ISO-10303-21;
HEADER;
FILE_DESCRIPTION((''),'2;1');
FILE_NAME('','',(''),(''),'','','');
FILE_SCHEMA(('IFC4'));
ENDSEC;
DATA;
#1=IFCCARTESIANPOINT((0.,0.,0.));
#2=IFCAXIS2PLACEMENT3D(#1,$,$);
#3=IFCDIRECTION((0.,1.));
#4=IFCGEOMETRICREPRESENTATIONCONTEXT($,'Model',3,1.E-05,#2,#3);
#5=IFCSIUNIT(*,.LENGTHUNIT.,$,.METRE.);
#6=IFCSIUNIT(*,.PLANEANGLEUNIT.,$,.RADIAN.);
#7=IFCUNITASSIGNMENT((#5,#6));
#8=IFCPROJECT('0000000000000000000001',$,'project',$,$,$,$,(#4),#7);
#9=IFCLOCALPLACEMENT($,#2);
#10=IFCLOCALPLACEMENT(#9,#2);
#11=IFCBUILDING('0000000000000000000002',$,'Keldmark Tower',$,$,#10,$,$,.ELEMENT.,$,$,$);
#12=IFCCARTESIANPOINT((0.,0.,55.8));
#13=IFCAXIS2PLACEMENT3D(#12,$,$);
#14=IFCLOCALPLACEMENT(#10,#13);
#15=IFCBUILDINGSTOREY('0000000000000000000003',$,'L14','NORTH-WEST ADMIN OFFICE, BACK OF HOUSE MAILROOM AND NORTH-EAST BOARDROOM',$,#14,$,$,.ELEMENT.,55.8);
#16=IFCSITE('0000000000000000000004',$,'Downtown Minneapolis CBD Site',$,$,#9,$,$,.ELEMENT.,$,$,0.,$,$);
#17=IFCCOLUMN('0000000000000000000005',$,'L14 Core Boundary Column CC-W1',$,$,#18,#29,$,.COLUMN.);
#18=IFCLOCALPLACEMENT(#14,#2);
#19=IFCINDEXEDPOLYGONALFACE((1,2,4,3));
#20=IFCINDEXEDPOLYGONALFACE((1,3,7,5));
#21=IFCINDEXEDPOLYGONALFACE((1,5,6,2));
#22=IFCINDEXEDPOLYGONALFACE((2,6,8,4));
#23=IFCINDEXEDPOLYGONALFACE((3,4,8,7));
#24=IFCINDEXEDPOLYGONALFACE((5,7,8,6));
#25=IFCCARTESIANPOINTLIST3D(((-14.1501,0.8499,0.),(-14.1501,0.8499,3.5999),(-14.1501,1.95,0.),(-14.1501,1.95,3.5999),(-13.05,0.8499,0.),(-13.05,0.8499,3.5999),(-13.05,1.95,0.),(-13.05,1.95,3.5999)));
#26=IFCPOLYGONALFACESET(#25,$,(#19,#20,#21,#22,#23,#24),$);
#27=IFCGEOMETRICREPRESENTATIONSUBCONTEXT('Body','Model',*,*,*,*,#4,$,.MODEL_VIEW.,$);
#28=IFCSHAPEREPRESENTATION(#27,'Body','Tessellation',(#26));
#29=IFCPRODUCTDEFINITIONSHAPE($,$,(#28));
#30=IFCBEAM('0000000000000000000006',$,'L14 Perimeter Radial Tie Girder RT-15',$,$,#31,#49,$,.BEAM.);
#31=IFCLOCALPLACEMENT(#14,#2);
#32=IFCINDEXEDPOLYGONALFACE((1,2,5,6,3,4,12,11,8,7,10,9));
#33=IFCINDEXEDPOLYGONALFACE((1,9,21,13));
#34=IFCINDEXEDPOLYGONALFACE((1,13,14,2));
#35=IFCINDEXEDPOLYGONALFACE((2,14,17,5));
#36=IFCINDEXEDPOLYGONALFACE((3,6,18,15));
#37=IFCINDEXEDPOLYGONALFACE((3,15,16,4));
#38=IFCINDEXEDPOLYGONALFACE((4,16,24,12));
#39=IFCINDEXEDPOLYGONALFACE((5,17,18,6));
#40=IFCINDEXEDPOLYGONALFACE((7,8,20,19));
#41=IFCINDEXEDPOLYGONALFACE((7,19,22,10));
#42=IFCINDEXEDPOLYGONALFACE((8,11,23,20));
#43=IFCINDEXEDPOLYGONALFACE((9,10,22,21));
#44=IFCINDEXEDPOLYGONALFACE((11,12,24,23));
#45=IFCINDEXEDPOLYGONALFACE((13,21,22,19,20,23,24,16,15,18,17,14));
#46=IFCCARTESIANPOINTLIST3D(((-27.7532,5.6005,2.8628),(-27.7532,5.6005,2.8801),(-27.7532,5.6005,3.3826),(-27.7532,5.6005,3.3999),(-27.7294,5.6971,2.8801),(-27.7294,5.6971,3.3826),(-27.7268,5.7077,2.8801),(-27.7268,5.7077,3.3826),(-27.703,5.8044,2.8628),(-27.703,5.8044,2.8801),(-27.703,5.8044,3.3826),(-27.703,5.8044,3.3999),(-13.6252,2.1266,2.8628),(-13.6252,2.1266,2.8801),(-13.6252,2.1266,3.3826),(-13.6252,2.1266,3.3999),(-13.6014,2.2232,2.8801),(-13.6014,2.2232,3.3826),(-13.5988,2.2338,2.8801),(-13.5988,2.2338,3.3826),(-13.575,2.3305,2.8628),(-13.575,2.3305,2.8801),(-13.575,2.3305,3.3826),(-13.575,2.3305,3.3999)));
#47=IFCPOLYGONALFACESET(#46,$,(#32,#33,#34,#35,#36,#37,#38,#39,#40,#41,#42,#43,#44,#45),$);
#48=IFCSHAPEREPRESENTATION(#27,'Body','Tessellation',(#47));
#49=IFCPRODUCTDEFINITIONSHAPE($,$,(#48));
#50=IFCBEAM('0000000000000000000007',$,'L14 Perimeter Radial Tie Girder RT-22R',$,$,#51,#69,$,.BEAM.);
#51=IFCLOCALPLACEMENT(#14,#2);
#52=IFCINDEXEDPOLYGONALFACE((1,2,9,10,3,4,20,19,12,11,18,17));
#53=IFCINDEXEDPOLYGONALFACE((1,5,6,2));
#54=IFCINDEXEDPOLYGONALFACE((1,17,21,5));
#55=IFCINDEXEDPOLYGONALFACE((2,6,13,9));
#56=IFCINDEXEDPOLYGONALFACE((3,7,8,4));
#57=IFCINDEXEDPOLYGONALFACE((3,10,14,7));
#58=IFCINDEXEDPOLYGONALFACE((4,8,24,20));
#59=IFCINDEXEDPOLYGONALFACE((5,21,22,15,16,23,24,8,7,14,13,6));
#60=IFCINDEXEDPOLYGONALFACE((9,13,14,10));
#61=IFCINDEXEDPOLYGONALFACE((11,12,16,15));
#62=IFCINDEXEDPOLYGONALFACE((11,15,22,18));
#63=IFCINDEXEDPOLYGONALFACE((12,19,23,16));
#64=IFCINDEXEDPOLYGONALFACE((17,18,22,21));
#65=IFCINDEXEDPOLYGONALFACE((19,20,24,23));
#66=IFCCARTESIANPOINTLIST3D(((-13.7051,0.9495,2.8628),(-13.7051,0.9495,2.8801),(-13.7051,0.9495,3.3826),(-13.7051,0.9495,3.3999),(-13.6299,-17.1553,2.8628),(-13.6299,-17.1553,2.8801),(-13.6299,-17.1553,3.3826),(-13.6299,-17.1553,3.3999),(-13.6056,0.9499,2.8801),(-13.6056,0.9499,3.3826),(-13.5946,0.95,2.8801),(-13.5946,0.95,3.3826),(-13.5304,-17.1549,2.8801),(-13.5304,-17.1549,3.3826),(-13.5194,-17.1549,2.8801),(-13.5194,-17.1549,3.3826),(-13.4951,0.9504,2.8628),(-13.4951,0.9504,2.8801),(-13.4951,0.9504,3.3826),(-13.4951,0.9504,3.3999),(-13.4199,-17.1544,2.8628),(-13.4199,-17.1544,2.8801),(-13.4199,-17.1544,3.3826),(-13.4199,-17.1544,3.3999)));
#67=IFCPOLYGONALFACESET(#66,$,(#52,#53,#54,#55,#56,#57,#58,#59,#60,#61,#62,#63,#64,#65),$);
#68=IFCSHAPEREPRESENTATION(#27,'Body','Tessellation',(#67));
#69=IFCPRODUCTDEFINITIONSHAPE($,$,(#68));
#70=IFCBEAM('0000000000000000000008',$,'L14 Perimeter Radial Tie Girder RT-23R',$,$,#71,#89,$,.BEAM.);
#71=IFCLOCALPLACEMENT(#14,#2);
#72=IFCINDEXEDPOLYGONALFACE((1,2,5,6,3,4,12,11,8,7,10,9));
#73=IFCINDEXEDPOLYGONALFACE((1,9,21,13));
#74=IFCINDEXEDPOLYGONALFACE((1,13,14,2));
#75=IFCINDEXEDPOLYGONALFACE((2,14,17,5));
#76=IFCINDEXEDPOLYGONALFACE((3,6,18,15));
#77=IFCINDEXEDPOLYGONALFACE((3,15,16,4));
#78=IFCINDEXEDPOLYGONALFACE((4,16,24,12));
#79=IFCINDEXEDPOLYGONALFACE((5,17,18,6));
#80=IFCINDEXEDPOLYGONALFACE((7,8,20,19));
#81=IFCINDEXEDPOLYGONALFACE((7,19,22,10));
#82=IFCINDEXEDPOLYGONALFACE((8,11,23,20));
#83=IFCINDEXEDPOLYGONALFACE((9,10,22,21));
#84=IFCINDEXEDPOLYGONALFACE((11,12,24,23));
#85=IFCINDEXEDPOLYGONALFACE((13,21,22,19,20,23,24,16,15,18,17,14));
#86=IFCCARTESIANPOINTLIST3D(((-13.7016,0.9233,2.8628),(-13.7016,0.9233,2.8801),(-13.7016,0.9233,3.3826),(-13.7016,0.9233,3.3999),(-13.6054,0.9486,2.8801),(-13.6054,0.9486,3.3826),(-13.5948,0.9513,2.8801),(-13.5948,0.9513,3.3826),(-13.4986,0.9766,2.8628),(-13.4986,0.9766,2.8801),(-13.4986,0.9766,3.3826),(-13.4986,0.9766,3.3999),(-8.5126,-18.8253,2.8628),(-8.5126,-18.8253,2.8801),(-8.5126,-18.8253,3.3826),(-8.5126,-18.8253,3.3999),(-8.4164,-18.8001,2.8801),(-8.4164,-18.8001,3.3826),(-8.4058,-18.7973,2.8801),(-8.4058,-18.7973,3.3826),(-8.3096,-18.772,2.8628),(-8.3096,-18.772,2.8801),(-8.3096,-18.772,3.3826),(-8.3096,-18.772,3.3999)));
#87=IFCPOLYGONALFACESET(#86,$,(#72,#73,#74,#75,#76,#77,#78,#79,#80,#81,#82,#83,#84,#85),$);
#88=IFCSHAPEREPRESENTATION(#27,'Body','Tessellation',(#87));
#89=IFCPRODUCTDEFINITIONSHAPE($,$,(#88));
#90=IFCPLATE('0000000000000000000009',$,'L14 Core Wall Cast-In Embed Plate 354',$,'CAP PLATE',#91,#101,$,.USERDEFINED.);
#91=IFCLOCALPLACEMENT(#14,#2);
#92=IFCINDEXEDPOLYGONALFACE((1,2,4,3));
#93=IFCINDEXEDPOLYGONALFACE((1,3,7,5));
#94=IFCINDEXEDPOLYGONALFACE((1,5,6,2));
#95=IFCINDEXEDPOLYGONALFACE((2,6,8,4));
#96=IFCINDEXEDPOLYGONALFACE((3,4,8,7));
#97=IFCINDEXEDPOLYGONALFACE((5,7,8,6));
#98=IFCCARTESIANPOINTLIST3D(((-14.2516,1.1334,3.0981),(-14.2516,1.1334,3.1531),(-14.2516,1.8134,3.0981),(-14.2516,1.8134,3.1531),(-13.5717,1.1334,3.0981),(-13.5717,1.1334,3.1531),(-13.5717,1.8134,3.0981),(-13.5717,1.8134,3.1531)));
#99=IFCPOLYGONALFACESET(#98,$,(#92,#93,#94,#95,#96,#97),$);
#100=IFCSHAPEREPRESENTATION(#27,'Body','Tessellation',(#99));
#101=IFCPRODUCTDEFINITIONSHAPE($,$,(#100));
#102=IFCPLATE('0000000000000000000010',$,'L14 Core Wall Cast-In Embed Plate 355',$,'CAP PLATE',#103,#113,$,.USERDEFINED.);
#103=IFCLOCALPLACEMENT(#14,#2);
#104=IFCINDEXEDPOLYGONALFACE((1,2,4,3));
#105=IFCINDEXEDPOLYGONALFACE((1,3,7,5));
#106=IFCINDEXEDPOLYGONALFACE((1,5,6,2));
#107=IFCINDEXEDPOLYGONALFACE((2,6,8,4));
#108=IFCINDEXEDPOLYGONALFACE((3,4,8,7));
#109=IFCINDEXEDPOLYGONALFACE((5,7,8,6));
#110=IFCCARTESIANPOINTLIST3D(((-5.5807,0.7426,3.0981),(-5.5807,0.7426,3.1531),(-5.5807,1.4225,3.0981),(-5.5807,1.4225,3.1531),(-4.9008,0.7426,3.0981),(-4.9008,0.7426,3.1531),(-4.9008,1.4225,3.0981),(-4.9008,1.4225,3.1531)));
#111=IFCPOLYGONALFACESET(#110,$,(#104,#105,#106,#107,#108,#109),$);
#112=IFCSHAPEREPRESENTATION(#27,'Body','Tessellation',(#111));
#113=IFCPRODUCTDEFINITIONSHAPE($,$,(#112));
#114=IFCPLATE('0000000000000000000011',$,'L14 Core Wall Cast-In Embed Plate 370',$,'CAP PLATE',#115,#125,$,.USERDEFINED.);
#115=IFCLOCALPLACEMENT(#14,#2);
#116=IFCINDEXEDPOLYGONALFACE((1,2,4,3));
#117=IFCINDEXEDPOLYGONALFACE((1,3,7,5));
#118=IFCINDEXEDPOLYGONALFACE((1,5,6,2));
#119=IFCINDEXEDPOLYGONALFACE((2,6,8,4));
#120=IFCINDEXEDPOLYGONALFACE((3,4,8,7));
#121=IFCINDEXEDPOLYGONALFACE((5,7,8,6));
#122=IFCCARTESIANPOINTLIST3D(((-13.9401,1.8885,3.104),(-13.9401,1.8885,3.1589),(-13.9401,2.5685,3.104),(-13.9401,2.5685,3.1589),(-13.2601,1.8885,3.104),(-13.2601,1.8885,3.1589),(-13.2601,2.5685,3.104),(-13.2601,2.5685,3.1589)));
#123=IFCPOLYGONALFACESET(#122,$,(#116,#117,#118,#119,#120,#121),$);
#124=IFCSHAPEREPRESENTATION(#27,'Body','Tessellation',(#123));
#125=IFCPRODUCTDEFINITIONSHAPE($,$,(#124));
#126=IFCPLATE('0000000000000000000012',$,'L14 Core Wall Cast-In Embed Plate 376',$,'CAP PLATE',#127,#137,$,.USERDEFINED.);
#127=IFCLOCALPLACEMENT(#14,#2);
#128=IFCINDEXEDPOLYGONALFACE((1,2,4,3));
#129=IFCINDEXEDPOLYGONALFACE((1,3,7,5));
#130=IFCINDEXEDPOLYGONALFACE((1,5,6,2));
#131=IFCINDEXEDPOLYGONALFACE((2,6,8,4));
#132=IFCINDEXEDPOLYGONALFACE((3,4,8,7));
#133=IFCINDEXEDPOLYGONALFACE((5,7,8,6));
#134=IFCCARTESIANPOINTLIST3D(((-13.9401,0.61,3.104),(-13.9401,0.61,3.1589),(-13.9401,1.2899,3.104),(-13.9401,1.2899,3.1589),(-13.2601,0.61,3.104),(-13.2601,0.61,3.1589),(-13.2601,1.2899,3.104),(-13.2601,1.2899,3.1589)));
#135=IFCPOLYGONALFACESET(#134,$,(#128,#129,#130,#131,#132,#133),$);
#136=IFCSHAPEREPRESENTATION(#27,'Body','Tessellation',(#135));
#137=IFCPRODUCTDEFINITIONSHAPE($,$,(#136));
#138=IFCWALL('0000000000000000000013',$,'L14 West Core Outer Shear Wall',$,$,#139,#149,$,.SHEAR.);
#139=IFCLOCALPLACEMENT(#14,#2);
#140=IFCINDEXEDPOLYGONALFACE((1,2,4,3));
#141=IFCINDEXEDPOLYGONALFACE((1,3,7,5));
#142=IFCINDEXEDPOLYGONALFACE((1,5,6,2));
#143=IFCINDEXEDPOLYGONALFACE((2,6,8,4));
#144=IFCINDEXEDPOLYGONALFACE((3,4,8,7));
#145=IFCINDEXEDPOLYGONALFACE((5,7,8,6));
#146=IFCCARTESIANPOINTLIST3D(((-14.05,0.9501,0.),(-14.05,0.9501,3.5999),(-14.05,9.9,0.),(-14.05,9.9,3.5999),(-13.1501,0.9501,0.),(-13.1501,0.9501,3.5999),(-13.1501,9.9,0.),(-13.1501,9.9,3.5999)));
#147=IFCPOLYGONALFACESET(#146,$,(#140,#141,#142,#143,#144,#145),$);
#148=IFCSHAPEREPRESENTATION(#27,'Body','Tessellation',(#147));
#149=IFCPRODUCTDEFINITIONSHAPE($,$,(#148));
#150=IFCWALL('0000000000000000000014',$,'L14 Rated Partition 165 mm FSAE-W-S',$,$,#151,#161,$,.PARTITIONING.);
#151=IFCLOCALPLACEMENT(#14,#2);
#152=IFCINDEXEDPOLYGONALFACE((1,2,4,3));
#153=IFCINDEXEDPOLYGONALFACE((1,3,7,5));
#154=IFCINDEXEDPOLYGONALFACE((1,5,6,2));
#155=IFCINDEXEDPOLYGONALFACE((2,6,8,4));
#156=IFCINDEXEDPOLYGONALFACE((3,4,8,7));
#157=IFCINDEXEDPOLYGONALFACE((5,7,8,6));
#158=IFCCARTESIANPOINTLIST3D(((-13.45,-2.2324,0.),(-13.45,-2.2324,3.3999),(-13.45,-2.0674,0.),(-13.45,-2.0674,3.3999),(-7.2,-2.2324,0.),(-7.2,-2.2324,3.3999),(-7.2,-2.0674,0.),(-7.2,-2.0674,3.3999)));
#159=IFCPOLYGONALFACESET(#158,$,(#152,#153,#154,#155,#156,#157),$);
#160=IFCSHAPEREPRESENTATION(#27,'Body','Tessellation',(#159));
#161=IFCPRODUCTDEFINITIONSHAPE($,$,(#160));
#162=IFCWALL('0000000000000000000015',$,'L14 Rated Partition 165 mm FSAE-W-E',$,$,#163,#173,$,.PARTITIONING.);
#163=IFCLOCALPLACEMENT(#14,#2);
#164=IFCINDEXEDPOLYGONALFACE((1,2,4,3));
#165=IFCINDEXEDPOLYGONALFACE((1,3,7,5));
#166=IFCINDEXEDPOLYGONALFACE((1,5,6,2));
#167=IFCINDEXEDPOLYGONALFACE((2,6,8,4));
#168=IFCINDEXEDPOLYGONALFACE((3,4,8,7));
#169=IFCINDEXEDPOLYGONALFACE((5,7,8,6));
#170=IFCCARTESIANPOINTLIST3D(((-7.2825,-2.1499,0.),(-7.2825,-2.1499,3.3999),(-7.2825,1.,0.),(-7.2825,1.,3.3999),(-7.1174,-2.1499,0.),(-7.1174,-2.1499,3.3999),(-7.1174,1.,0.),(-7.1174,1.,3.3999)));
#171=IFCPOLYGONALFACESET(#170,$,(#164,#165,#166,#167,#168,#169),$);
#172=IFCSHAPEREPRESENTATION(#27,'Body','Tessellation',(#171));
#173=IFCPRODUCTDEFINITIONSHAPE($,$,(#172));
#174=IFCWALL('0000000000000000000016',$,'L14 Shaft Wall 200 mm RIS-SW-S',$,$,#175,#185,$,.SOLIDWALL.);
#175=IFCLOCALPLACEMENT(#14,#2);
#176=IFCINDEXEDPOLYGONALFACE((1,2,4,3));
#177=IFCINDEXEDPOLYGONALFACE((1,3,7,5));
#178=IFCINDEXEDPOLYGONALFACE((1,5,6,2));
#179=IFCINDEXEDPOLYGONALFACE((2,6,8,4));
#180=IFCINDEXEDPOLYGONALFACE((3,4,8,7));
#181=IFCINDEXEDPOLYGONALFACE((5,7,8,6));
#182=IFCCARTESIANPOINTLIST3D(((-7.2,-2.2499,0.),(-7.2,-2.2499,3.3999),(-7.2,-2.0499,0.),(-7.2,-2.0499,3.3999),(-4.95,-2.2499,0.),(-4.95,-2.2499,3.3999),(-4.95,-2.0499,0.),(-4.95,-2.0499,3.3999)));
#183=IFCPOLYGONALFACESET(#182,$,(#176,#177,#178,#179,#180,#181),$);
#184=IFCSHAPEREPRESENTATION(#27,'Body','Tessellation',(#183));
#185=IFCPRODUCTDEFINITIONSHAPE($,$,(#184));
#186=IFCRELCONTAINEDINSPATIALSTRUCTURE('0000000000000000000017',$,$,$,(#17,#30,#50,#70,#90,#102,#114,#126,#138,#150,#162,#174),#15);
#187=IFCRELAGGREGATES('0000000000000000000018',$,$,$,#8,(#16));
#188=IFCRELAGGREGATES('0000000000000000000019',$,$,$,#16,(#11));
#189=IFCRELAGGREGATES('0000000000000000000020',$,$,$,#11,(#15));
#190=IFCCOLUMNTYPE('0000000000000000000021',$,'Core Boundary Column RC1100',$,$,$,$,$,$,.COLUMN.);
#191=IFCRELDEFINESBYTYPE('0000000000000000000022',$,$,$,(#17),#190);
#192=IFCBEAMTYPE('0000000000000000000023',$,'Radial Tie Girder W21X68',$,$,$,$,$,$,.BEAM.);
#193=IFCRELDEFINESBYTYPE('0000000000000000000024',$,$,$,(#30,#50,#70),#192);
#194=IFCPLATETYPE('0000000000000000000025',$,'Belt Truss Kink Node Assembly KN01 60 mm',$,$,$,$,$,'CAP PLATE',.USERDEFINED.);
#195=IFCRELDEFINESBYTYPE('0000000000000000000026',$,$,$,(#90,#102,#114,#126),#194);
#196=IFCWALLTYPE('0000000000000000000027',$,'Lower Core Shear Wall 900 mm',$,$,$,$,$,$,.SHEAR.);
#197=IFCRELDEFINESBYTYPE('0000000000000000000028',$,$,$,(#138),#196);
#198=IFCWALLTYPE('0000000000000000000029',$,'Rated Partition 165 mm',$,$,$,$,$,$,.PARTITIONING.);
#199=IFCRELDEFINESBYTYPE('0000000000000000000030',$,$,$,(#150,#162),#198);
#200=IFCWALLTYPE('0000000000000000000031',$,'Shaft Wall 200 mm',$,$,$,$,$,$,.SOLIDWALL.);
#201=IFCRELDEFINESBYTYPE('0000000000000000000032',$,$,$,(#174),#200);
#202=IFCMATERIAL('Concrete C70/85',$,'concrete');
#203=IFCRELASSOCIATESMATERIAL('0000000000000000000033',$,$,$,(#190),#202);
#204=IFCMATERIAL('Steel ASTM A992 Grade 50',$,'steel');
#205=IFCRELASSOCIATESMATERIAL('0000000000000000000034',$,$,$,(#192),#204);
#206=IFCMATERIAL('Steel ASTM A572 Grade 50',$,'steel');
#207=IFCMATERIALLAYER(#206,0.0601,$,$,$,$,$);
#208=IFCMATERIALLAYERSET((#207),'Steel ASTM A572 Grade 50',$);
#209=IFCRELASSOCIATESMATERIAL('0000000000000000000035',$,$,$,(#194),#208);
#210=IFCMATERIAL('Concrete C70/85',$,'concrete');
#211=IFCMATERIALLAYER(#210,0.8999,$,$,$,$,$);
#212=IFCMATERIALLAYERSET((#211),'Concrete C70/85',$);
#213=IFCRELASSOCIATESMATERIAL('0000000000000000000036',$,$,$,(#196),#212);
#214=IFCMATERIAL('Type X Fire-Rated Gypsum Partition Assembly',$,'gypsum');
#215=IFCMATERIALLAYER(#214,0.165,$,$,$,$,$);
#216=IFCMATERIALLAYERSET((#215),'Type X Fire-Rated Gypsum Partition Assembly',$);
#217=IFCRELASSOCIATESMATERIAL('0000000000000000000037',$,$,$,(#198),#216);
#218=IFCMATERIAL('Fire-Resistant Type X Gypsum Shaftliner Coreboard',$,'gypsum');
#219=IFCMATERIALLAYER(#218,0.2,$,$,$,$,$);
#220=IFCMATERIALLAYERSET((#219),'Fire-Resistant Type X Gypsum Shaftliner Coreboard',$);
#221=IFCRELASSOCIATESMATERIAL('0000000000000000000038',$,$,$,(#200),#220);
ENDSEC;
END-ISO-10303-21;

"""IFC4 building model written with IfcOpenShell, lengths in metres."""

from ifc_helpers import new_model, si_unit, direction, frame, frame_2d, origin, origin_2d, place, context, subcontext, project, spatial, rectangle, i_section, extrude, material, layer, layer_set, material_profile, profile_set, type_object, element, save


model = new_model("IFC4")

# Units and contexts
model_context = context("Model", 3, precision=1e-05, world=origin(), true_north=direction((0.0, 1.0)))
body_context = subcontext(model_context, "Body", "Model", "MODEL_VIEW")
ifc_project = project(units=[si_unit("LENGTHUNIT", "METRE"), si_unit("PLANEANGLEUNIT", "RADIAN")], contexts=[model_context])

# Site, building, storey
site_placement = place(None, origin())
site = spatial("IfcSite", under=ifc_project, at=site_placement, Name="Downtown Minneapolis CBD Site", CompositionType="ELEMENT", RefElevation=0.0)
building_placement = place(site_placement, origin())
building = spatial("IfcBuilding", under=site, at=building_placement, Name="Keldmark Tower", CompositionType="ELEMENT")
storey_placement = place(building_placement, frame((0.0, 0.0, 55.8)))
storey = spatial("IfcBuildingStorey", under=building, at=storey_placement, Name="L14", Description="NORTH-WEST ADMIN OFFICE, BACK OF HOUSE MAILROOM AND NORTH-EAST BOARDROOM", CompositionType="ELEMENT", Elevation=55.8)

# Column
ifc_material_1 = material(Name="Concrete C70/85", Category="concrete")
ifc_material_profile_1 = material_profile(ifc_material_1, rectangle(XDim=1.1001, YDim=1.1001, at=origin_2d()), Name="RC1100X1100")
ifc_profile_set_1 = profile_set([ifc_material_profile_1], Name="Concrete C70/85")
column_type = type_object("IfcColumnType", Name="Core Boundary Column RC1100", PredefinedType="COLUMN", material=ifc_profile_set_1)
column_placement = place(storey_placement, frame((-13.6001, 1.3999, 0.0), z_axis=(0.0, 0.0, 1.0), x_axis=(1.0, 0.0, 0.0)))
element("IfcColumn", 1, at=column_placement, inside=storey, type_object=column_type, Name="L14 Core Boundary Column CC-W1", PredefinedType="COLUMN", context=body_context, shape_type="SweptSolid", body=[
    extrude(rectangle(XDim=1.1001, YDim=1.1001, at=origin_2d()), origin(), (0.0, 0.0, 1.0), 3.5999),
])

# Beams
ifc_material_2 = material(Name="Steel ASTM A992 Grade 50", Category="steel")
ifc_material_profile_2 = material_profile(ifc_material_2, i_section(OverallWidth=0.21, OverallDepth=0.5371, WebThickness=0.011, FlangeThickness=0.0173, at=origin_2d()), Name="W21X68")
ifc_profile_set_2 = profile_set([ifc_material_profile_2], Name="Steel ASTM A992 Grade 50")
beam_type = type_object("IfcBeamType", Name="Radial Tie Girder W21X68", PredefinedType="BEAM", material=ifc_profile_set_2)
beam_1_placement = place(storey_placement, frame((-13.6001, 2.2285, 3.1313), z_axis=(-0.971075, 0.238775, 0.0), x_axis=(-0.238775, -0.971075, 0.0)))
element("IfcBeam", 2, at=beam_1_placement, inside=storey, type_object=beam_type, Name="L14 Perimeter Radial Tie Girder RT-15", PredefinedType="BEAM", context=body_context, shape_type="SweptSolid", body=[
    extrude(i_section(OverallWidth=0.21, OverallDepth=0.5371, WebThickness=0.011, FlangeThickness=0.0173, at=origin_2d()), origin(), (0.0, 0.0, 1.0), 14.5488),
])
beam_2_placement = place(storey_placement, frame((-13.6001, 0.95, 3.1313), z_axis=(0.004153, -0.999991, 0.0), x_axis=(0.999991, 0.004153, 0.0)))
element("IfcBeam", 3, at=beam_2_placement, inside=storey, type_object=beam_type, Name="L14 Perimeter Radial Tie Girder RT-22R", PredefinedType="BEAM", context=body_context, shape_type="SweptSolid", body=[
    extrude(i_section(OverallWidth=0.21, OverallDepth=0.5371, WebThickness=0.011, FlangeThickness=0.0173, at=origin_2d()), origin(), (0.0, 0.0, 1.0), 18.105),
])
beam_3_placement = place(storey_placement, frame((-13.6001, 0.95, 3.1313), z_axis=(0.254126, -0.967171, 0.0), x_axis=(0.967171, 0.254126, 0.0)))
element("IfcBeam", 4, at=beam_3_placement, inside=storey, type_object=beam_type, Name="L14 Perimeter Radial Tie Girder RT-23R", PredefinedType="BEAM", context=body_context, shape_type="SweptSolid", body=[
    extrude(i_section(OverallWidth=0.21, OverallDepth=0.5371, WebThickness=0.011, FlangeThickness=0.0173, at=origin_2d()), origin(), (0.0, 0.0, 1.0), 20.4189),
])

# Plates
ifc_material_3 = material(Name="Steel ASTM A572 Grade 50", Category="steel")
ifc_layer_1 = layer(ifc_material_3, 0.0601)
ifc_layer_set_1 = layer_set([ifc_layer_1], Name="Steel ASTM A572 Grade 50")
plate_type = type_object("IfcPlateType", Name="Belt Truss Kink Node Assembly KN01 60 mm", ElementType="CAP PLATE", PredefinedType="USERDEFINED", material=ifc_layer_set_1)
for number, where, z_axis, x_axis, name in (
    (5, (-13.9116, 1.4734, 3.0981), (0.0, 0.0, 1.0), (1.0, 0.0, 0.0), "L14 Core Wall Cast-In Embed Plate 354"),
    (6, (-5.2407, 1.0825, 3.0981), (0.0, 0.0, 1.0), (1.0, 0.0, 0.0), "L14 Core Wall Cast-In Embed Plate 355"),
    (7, (-13.6001, 2.2285, 3.104), (0.0, 0.0, 1.0), (1.0, 0.0, 0.0), "L14 Core Wall Cast-In Embed Plate 370"),
    (8, (-13.6001, 0.95, 3.104), (0.0, 0.0, 1.0), (1.0, 0.0, 0.0), "L14 Core Wall Cast-In Embed Plate 376"),
):
    element("IfcPlate", number, at=place(storey_placement, frame(where, z_axis=z_axis, x_axis=x_axis)), inside=storey, type_object=plate_type, Name=name, ObjectType="CAP PLATE", PredefinedType="USERDEFINED", context=body_context, shape_type="SweptSolid", body=[
        extrude(rectangle(XDim=0.6799, YDim=0.6799, at=origin_2d()), origin(), (0.0, 0.0, 1.0), 0.0549),
    ])

# Walls
ifc_material_4 = material(Name="Concrete C70/85", Category="concrete")
ifc_layer_2 = layer(ifc_material_4, 0.8999)
ifc_layer_set_2 = layer_set([ifc_layer_2], Name="Concrete C70/85")
wall_type_1 = type_object("IfcWallType", Name="Lower Core Shear Wall 900 mm", PredefinedType="SHEAR", material=ifc_layer_set_2)
wall_1_placement = place(storey_placement, frame((-13.6001, 0.95, 0.0), z_axis=(0.0, 0.0, 1.0), x_axis=(0.0, 1.0, 0.0)))
element("IfcWall", 9, at=wall_1_placement, inside=storey, type_object=wall_type_1, Name="L14 West Core Outer Shear Wall", PredefinedType="SHEAR", context=body_context, shape_type="SweptSolid", body=[
    extrude(rectangle(XDim=8.95, YDim=0.8999, at=frame_2d((4.4751, 0.0))), origin(), (0.0, 0.0, 1.0), 3.5999),
])
ifc_material_5 = material(Name="Type X Fire-Rated Gypsum Partition Assembly", Category="gypsum")
ifc_layer_3 = layer(ifc_material_5, 0.165)
ifc_layer_set_3 = layer_set([ifc_layer_3], Name="Type X Fire-Rated Gypsum Partition Assembly")
wall_type_2 = type_object("IfcWallType", Name="Rated Partition 165 mm", PredefinedType="PARTITIONING", material=ifc_layer_set_3)
wall_2_placement = place(storey_placement, frame((-13.45, -2.1499, 0.0), z_axis=(0.0, 0.0, 1.0), x_axis=(1.0, 0.0, 0.0)))
element("IfcWall", 10, at=wall_2_placement, inside=storey, type_object=wall_type_2, Name="L14 Rated Partition 165 mm FSAE-W-S", PredefinedType="PARTITIONING", context=body_context, shape_type="SweptSolid", body=[
    extrude(rectangle(XDim=6.25, YDim=0.165, at=frame_2d((3.125, 0.0))), origin(), (0.0, 0.0, 1.0), 3.3999),
])

# Walls
wall_3_placement = place(storey_placement, frame((-7.2, -2.1499, 0.0), z_axis=(0.0, 0.0, 1.0), x_axis=(0.0, 1.0, 0.0)))
element("IfcWall", 11, at=wall_3_placement, inside=storey, type_object=wall_type_2, Name="L14 Rated Partition 165 mm FSAE-W-E", PredefinedType="PARTITIONING", context=body_context, shape_type="SweptSolid", body=[
    extrude(rectangle(XDim=3.1499, YDim=0.165, at=frame_2d((1.575, 0.0))), origin(), (0.0, 0.0, 1.0), 3.3999),
])
ifc_material_6 = material(Name="Fire-Resistant Type X Gypsum Shaftliner Coreboard", Category="gypsum")
ifc_layer_4 = layer(ifc_material_6, 0.2)
ifc_layer_set_4 = layer_set([ifc_layer_4], Name="Fire-Resistant Type X Gypsum Shaftliner Coreboard")
wall_type_3 = type_object("IfcWallType", Name="Shaft Wall 200 mm", PredefinedType="SOLIDWALL", material=ifc_layer_set_4)
wall_4_placement = place(storey_placement, frame((-7.2, -2.1499, 0.0), z_axis=(0.0, 0.0, 1.0), x_axis=(1.0, 0.0, 0.0)))
element("IfcWall", 12, at=wall_4_placement, inside=storey, type_object=wall_type_3, Name="L14 Shaft Wall 200 mm RIS-SW-S", PredefinedType="SOLIDWALL", context=body_context, shape_type="SweptSolid", body=[
    extrude(rectangle(XDim=2.25, YDim=0.2, at=frame_2d((1.125, 0.0))), origin(), (0.0, 0.0, 1.0), 3.3999),
])

save(model, "model.ifc")
